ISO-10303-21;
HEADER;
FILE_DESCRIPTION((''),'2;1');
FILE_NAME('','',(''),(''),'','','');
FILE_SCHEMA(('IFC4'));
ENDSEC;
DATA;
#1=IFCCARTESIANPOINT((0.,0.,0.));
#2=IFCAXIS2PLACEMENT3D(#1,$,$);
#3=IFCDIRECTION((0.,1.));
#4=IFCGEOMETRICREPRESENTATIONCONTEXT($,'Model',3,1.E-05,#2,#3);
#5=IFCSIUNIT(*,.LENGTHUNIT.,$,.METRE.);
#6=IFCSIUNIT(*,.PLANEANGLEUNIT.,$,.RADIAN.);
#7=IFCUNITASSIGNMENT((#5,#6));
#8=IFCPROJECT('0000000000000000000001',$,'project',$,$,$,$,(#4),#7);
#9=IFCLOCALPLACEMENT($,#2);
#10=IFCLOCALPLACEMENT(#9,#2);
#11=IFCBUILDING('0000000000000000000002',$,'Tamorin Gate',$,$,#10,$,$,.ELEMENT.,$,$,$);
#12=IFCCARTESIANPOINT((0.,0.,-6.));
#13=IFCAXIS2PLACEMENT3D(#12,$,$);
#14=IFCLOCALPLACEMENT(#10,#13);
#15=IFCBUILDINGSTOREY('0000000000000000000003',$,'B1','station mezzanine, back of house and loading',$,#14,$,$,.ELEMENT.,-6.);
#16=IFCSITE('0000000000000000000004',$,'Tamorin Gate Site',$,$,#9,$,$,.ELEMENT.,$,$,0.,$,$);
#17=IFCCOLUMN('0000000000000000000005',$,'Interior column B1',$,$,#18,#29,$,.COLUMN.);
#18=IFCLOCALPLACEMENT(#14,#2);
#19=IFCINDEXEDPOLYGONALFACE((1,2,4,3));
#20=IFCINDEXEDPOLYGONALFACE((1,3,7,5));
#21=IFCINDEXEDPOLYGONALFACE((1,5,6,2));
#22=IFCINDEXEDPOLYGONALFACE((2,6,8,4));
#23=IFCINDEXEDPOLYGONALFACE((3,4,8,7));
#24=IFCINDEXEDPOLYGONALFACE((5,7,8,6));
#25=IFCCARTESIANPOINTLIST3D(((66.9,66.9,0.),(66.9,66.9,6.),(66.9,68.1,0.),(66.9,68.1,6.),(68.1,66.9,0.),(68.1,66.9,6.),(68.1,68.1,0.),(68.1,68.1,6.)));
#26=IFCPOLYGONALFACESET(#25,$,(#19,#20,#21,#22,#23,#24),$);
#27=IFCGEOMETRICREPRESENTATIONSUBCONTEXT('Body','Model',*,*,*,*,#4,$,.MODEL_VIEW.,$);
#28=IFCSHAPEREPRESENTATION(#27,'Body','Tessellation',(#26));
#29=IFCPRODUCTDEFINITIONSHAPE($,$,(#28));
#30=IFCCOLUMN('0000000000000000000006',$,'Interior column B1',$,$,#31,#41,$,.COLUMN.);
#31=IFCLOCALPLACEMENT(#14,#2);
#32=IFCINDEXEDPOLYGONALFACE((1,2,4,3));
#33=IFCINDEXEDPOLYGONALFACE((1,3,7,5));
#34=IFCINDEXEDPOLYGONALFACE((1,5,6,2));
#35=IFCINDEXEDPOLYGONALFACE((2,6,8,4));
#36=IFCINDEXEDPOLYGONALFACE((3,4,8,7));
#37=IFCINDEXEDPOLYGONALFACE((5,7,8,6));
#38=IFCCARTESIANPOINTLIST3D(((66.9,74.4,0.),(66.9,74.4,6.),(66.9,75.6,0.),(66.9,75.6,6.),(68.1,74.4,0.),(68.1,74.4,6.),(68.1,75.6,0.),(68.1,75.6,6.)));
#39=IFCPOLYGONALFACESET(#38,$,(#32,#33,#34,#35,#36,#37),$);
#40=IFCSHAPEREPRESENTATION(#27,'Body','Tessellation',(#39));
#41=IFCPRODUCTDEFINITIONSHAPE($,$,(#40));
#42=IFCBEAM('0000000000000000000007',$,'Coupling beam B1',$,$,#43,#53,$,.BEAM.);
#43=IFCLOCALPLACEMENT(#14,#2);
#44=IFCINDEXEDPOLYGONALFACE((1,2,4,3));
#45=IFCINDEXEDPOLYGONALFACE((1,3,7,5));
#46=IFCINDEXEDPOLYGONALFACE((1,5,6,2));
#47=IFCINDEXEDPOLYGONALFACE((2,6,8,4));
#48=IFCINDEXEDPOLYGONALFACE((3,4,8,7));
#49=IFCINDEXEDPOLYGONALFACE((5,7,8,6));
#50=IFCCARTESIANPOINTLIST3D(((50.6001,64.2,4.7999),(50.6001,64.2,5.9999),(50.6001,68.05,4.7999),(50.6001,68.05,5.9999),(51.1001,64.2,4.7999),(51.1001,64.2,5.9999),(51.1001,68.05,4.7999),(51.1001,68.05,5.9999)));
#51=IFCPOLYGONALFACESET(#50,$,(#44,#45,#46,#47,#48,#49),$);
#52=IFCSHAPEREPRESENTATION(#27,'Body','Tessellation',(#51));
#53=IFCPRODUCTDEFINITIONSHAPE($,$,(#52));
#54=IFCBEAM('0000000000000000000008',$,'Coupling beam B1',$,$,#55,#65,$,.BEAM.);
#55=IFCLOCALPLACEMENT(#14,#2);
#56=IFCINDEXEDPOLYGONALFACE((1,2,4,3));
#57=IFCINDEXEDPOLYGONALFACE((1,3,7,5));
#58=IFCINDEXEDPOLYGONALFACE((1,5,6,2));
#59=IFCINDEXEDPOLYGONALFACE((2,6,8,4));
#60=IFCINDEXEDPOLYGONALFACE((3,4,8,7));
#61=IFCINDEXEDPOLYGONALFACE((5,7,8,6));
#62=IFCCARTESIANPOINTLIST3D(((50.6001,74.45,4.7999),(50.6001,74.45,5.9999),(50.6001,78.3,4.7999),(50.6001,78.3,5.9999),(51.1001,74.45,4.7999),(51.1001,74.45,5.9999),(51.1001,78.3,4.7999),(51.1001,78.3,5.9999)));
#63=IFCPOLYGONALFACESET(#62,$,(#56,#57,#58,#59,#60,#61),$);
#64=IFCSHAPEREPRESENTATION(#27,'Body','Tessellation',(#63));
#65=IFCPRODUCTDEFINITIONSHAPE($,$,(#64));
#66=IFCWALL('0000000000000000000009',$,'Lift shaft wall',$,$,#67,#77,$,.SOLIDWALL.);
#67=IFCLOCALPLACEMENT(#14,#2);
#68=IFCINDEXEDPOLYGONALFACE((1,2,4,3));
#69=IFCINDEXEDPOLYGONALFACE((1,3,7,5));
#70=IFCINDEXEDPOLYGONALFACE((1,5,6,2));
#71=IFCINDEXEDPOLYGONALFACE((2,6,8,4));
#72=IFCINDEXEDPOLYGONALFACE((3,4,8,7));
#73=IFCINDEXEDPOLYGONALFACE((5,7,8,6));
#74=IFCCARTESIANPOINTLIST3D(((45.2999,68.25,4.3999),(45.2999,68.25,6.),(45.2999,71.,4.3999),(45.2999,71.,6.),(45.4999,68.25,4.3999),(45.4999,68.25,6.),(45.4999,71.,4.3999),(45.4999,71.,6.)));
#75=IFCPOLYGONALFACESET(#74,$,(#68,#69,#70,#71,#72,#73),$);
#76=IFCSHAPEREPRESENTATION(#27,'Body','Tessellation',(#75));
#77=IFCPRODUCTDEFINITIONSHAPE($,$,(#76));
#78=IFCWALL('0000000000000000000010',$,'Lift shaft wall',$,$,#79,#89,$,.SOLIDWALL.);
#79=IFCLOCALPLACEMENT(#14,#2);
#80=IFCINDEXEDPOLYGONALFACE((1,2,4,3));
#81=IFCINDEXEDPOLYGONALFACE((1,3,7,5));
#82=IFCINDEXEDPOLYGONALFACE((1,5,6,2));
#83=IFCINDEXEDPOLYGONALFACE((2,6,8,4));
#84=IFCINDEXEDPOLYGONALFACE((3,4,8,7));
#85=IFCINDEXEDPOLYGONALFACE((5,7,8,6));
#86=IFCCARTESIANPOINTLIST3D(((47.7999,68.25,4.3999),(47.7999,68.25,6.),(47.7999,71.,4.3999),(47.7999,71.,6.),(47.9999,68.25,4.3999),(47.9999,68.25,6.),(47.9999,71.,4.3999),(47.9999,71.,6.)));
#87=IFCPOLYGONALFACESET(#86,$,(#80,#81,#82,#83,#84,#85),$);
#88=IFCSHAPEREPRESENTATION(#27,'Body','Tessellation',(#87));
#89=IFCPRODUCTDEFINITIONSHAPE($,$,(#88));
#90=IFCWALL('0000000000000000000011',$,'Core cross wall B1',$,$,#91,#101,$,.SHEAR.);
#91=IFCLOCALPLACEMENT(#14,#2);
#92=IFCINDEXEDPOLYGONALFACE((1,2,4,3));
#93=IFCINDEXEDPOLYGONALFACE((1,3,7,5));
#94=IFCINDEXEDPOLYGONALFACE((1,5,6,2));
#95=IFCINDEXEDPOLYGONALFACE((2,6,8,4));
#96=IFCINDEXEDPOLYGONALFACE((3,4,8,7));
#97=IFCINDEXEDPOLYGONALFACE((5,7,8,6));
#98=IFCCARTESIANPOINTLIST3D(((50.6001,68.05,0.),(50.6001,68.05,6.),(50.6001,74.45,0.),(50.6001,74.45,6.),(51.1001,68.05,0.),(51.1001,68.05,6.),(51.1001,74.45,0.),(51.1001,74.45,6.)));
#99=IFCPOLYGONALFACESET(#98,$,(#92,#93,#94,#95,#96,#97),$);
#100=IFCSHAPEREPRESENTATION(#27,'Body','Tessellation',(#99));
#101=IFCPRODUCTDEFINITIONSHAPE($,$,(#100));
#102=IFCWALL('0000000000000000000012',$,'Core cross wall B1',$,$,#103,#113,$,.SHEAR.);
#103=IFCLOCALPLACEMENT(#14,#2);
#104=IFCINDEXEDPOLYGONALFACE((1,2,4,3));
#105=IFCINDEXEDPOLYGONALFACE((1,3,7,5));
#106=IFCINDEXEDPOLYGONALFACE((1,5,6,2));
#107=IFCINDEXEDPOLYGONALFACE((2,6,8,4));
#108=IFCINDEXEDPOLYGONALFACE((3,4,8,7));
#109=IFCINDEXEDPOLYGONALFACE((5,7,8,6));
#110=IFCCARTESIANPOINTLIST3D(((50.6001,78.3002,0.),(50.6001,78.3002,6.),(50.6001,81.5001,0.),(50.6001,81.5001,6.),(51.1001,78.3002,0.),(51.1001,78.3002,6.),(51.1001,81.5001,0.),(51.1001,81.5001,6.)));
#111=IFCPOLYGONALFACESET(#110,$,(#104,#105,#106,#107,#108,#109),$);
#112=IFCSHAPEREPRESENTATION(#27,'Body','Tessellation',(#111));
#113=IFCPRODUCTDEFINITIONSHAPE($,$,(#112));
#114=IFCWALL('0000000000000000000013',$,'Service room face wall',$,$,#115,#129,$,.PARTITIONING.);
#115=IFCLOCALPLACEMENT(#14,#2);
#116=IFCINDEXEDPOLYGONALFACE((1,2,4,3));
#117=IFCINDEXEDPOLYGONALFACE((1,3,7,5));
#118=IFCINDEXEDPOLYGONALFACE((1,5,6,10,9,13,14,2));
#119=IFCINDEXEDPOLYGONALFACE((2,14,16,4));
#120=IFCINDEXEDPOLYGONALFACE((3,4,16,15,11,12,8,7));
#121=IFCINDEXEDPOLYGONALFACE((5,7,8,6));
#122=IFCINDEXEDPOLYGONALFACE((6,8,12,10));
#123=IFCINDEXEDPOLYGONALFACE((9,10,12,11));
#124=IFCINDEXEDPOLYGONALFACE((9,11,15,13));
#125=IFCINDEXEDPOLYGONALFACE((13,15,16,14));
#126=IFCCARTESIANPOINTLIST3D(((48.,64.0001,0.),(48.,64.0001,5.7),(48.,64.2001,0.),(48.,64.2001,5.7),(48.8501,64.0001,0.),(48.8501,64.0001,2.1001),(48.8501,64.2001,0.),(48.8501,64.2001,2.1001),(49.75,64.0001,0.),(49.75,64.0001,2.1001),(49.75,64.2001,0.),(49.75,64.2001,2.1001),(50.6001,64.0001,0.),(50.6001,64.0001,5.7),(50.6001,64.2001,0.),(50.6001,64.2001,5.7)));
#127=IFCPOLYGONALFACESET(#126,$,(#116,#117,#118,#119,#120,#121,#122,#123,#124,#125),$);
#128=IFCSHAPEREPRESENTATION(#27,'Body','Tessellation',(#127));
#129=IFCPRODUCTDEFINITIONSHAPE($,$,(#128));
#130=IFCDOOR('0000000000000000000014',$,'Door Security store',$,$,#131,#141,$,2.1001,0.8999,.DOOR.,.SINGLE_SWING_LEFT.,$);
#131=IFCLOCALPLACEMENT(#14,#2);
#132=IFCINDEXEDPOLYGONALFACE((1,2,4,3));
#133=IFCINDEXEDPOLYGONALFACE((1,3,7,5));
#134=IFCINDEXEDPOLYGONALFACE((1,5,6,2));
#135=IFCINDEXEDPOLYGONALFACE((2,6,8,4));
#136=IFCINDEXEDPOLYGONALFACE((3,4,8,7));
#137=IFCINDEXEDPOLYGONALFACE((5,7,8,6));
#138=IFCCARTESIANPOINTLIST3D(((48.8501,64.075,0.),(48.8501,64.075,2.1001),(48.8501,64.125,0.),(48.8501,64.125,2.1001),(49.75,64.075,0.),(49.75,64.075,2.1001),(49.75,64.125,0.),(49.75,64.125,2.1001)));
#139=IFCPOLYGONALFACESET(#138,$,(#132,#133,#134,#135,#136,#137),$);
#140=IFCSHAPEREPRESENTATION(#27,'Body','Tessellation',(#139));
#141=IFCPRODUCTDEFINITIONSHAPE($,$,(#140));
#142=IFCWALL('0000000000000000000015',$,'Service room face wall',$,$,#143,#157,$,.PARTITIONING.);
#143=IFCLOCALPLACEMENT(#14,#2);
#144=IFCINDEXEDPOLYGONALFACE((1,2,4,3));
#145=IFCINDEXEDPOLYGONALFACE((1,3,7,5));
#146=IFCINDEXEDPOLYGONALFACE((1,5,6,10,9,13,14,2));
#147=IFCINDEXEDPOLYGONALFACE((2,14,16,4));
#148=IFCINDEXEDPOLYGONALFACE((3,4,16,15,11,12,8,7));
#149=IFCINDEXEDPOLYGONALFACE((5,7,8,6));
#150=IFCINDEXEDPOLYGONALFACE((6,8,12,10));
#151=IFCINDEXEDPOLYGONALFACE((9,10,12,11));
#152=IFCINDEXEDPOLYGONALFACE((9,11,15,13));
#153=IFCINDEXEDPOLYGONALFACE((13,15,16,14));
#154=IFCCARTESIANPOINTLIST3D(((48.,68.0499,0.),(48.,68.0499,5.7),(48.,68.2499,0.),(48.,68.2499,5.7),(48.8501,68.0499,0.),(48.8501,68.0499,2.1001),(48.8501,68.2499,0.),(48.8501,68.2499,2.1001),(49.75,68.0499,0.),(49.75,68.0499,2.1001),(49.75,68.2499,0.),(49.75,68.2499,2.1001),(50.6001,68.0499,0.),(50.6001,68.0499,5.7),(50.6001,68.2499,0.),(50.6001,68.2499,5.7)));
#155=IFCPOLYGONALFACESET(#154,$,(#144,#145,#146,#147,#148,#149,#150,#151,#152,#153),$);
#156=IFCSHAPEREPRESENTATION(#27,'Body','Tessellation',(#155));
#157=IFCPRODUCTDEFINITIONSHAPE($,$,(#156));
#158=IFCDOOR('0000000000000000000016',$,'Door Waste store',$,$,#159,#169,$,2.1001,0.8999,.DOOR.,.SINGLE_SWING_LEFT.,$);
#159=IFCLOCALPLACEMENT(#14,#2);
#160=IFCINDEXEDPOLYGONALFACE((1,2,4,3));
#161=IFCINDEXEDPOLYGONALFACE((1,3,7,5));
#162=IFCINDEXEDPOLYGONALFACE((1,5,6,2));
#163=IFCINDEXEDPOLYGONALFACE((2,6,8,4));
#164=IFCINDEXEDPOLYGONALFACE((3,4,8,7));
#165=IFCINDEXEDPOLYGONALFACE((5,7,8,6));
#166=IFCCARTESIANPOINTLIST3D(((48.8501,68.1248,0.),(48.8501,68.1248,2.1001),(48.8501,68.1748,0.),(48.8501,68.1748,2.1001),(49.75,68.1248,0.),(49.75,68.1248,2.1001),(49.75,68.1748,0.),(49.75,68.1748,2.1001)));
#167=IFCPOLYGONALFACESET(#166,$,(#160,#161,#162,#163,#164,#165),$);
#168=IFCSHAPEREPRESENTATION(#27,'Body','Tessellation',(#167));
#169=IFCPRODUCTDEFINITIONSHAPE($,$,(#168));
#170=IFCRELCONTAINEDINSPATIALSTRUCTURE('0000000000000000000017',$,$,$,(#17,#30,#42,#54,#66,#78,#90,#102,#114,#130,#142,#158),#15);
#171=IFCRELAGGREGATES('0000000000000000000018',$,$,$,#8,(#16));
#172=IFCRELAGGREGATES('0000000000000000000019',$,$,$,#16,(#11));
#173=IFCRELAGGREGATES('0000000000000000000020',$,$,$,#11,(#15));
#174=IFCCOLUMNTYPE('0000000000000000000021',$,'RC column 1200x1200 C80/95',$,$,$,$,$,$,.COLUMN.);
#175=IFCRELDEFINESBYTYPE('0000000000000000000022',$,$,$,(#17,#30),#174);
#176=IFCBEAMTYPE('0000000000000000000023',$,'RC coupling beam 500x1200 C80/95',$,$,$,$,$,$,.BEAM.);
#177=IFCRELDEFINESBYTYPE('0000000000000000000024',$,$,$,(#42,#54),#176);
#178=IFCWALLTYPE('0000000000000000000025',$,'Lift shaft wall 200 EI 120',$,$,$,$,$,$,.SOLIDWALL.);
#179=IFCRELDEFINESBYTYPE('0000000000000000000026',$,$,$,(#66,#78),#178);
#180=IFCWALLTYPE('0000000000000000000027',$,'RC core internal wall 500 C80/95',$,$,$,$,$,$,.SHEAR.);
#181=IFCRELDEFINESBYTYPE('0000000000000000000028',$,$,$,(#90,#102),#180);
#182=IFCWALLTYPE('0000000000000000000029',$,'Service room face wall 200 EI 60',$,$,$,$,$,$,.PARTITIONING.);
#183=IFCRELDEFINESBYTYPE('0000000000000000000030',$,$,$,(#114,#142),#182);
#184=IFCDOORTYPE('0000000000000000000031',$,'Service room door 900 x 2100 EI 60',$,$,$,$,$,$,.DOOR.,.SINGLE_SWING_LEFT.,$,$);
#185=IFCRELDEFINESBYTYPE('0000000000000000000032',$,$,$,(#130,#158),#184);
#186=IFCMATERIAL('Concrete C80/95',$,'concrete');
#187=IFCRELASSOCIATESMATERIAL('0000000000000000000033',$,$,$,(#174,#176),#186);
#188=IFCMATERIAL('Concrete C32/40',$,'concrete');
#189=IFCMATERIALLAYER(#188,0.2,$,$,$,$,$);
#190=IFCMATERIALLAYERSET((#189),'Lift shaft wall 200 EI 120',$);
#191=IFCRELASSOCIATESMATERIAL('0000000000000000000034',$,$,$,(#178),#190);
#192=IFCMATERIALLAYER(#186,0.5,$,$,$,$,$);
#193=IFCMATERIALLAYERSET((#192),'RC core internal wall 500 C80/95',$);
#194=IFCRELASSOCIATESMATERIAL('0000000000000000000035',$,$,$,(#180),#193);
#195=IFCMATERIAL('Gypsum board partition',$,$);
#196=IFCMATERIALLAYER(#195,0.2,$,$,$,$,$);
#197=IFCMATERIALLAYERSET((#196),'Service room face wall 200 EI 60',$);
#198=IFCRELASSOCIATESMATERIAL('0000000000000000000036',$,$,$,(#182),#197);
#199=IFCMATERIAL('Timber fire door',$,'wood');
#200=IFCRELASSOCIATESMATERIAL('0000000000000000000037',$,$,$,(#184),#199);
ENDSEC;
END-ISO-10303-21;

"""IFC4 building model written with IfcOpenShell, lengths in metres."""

from ifc_helpers import new_model, si_unit, direction, frame, frame_2d, origin, origin_2d, place, context, subcontext, project, spatial, rectangle, extrude, material, layer, layer_set, material_profile, profile_set, type_object, element, fill, save


model = new_model("IFC4")

# Units and contexts
model_context = context("Model", 3, precision=1e-05, world=origin(), true_north=direction((0.0, 1.0)))
body_context = subcontext(model_context, "Body", "Model", "MODEL_VIEW")
ifc_project = project(units=[si_unit("LENGTHUNIT", "METRE"), si_unit("PLANEANGLEUNIT", "RADIAN")], contexts=[model_context])

# Site, building, storey
site_placement = place(None, origin())
site = spatial("IfcSite", under=ifc_project, at=site_placement, Name="Tamorin Gate Site", CompositionType="ELEMENT", RefElevation=0.0)
building_placement = place(site_placement, origin())
building = spatial("IfcBuilding", under=site, at=building_placement, Name="Tamorin Gate", CompositionType="ELEMENT")
storey_placement = place(building_placement, frame((0.0, 0.0, -6.0)))
storey = spatial("IfcBuildingStorey", under=building, at=storey_placement, Name="B1", Description="station mezzanine, back of house and loading", CompositionType="ELEMENT", Elevation=-6.0)

# Columns
ifc_material_1 = material(Name="Concrete C80/95", Category="concrete")
ifc_material_profile_1 = material_profile(ifc_material_1, rectangle(XDim=1.2, YDim=1.2, at=origin_2d()), Name="RC 1200x1200")
ifc_profile_set_1 = profile_set([ifc_material_profile_1], Name="Concrete C80/95")
column_type = type_object("IfcColumnType", Name="RC column 1200x1200 C80/95", PredefinedType="COLUMN", material=ifc_profile_set_1)
for number, where, z_axis, x_axis, name in (
    (1, (67.5, 67.5, 0.0), (0.0, 0.0, 1.0), (1.0, 0.0, 0.0), "Interior column B1"),
    (2, (67.5, 75.0, 0.0), (0.0, 0.0, 1.0), (1.0, 0.0, 0.0), "Interior column B1"),
):
    element("IfcColumn", number, at=place(storey_placement, frame(where, z_axis=z_axis, x_axis=x_axis)), inside=storey, type_object=column_type, Name=name, PredefinedType="COLUMN", context=body_context, shape_type="SweptSolid", body=[
        extrude(rectangle(XDim=1.2, YDim=1.2, at=origin_2d()), origin(), (0.0, 0.0, 1.0), 6.0),
    ])

# Beams
ifc_material_profile_2 = material_profile(ifc_material_1, rectangle(XDim=0.5, YDim=1.2, at=origin_2d()), Name="RC 500x1200")
ifc_profile_set_2 = profile_set([ifc_material_profile_2], Name="Concrete C80/95")
beam_type = type_object("IfcBeamType", Name="RC coupling beam 500x1200 C80/95", PredefinedType="BEAM", material=ifc_profile_set_2)
for number, where, z_axis, x_axis, name in (
    (3, (50.8501, 64.2, 5.3999), (0.0, 1.0, 0.0), (-1.0, 0.0, 0.0), "Coupling beam B1"),
    (4, (50.8501, 74.45, 5.3999), (0.0, 1.0, 0.0), (-1.0, 0.0, 0.0), "Coupling beam B1"),
):
    element("IfcBeam", number, at=place(storey_placement, frame(where, z_axis=z_axis, x_axis=x_axis)), inside=storey, type_object=beam_type, Name=name, PredefinedType="BEAM", context=body_context, shape_type="SweptSolid", body=[
        extrude(rectangle(XDim=0.5, YDim=1.2, at=origin_2d()), origin(), (0.0, 0.0, 1.0), 3.8501),
    ])

# Walls
ifc_material_2 = material(Name="Concrete C32/40", Category="concrete")
ifc_layer_1 = layer(ifc_material_2, 0.2)
ifc_layer_set_1 = layer_set([ifc_layer_1], Name="Lift shaft wall 200 EI 120")
wall_type_1 = type_object("IfcWallType", Name="Lift shaft wall 200 EI 120", PredefinedType="SOLIDWALL", material=ifc_layer_set_1)
for number, where, z_axis, x_axis, name in (
    (5, (45.3999, 68.25, 4.3999), (0.0, 0.0, 1.0), (0.0, 1.0, 0.0), "Lift shaft wall"),
    (6, (47.8999, 68.25, 4.3999), (0.0, 0.0, 1.0), (0.0, 1.0, 0.0), "Lift shaft wall"),
):
    element("IfcWall", number, at=place(storey_placement, frame(where, z_axis=z_axis, x_axis=x_axis)), inside=storey, type_object=wall_type_1, Name=name, PredefinedType="SOLIDWALL", context=body_context, shape_type="SweptSolid", body=[
        extrude(rectangle(XDim=2.75, YDim=0.2, at=frame_2d((1.375, 0.0))), origin(), (0.0, 0.0, 1.0), 1.6001),
    ])
ifc_layer_2 = layer(ifc_material_1, 0.5)
ifc_layer_set_2 = layer_set([ifc_layer_2], Name="RC core internal wall 500 C80/95")
wall_type_2 = type_object("IfcWallType", Name="RC core internal wall 500 C80/95", PredefinedType="SHEAR", material=ifc_layer_set_2)
wall_1_placement = place(storey_placement, frame((50.8501, 68.05, 0.0), z_axis=(0.0, 0.0, 1.0), x_axis=(0.0, 1.0, 0.0)))
element("IfcWall", 7, at=wall_1_placement, inside=storey, type_object=wall_type_2, Name="Core cross wall B1", PredefinedType="SHEAR", context=body_context, shape_type="SweptSolid", body=[
    extrude(rectangle(XDim=6.3999, YDim=0.5, at=frame_2d((3.2, 0.0))), origin(), (0.0, 0.0, 1.0), 6.0),
])
wall_2_placement = place(storey_placement, frame((50.8501, 78.3, 0.0), z_axis=(0.0, 0.0, 1.0), x_axis=(0.0, 1.0, 0.0)))
element("IfcWall", 8, at=wall_2_placement, inside=storey, type_object=wall_type_2, Name="Core cross wall B1", PredefinedType="SHEAR", context=body_context, shape_type="SweptSolid", body=[
    extrude(rectangle(XDim=3.2, YDim=0.5, at=frame_2d((1.6001, 0.0))), origin(), (0.0, 0.0, 1.0), 6.0),
])

# Walls, openings, doors
ifc_material_3 = material(Name="Gypsum board partition")
ifc_layer_3 = layer(ifc_material_3, 0.2)
ifc_layer_set_3 = layer_set([ifc_layer_3], Name="Service room face wall 200 EI 60")
wall_type_3 = type_object("IfcWallType", Name="Service room face wall 200 EI 60", PredefinedType="PARTITIONING", material=ifc_layer_set_3)
wall_3_placement = place(storey_placement, frame((48.0, 64.1001, 0.0), z_axis=(0.0, 0.0, 1.0), x_axis=(1.0, 0.0, 0.0)))
wall_3 = element("IfcWall", 9, at=wall_3_placement, inside=storey, type_object=wall_type_3, Name="Service room face wall", PredefinedType="PARTITIONING", context=body_context, shape_type="SweptSolid", body=[
    extrude(rectangle(XDim=2.6001, YDim=0.2, at=frame_2d((1.3, 0.0))), origin(), (0.0, 0.0, 1.0), 5.7),
])
opening_1_placement = place(wall_3_placement, frame((0.8501, 0.0, 0.0)))
opening_1 = element("IfcOpeningElement", 10, at=opening_1_placement, cuts=wall_3, PredefinedType="OPENING", context=body_context, shape_type="SweptSolid", body=[
    extrude(rectangle(XDim=0.8999, YDim=2.1001, at=frame_2d((0.45, 1.05))), frame((0.0, 0.1099, 0.0), z_axis=(0.0, -1.0, 0.0), x_axis=(1.0, 0.0, 0.0)), (0.0, 0.0, 1.0), 0.22),
])
ifc_material_4 = material(Name="Timber fire door", Category="wood")
door_type_1 = type_object("IfcDoorType", Name="Service room door 900 x 2100 EI 60", OperationType="SINGLE_SWING_LEFT", PredefinedType="DOOR", material=ifc_material_4)
door_1_placement = place(opening_1_placement, origin())
door_1 = element("IfcDoor", 11, at=door_1_placement, inside=storey, type_object=door_type_1, Name="Door Security store", OperationType="SINGLE_SWING_LEFT", OverallHeight=2.1001, OverallWidth=0.8999, PredefinedType="DOOR", context=body_context, shape_type="SweptSolid", body=[
    extrude(rectangle(XDim=0.8999, YDim=2.1001, at=frame_2d((0.45, 1.05))), frame((0.0, 0.0249, 0.0), z_axis=(0.0, -1.0, 0.0), x_axis=(1.0, 0.0, 0.0)), (0.0, 0.0, 1.0), 0.05),
])
fill(opening_1, door_1)
wall_4_placement = place(storey_placement, frame((48.0, 68.1499, 0.0), z_axis=(0.0, 0.0, 1.0), x_axis=(1.0, 0.0, 0.0)))
wall_4 = element("IfcWall", 12, at=wall_4_placement, inside=storey, type_object=wall_type_3, Name="Service room face wall", PredefinedType="PARTITIONING", context=body_context, shape_type="SweptSolid", body=[
    extrude(rectangle(XDim=2.6001, YDim=0.2, at=frame_2d((1.3, 0.0))), origin(), (0.0, 0.0, 1.0), 5.7),
])
opening_2_placement = place(wall_4_placement, frame((0.8501, 0.0, 0.0)))
opening_2 = element("IfcOpeningElement", 13, at=opening_2_placement, cuts=wall_4, PredefinedType="OPENING", context=body_context, shape_type="SweptSolid", body=[
    extrude(rectangle(XDim=0.8999, YDim=2.1001, at=frame_2d((0.45, 1.05))), frame((0.0, 0.1099, 0.0), z_axis=(0.0, -1.0, 0.0), x_axis=(1.0, 0.0, 0.0)), (0.0, 0.0, 1.0), 0.22),
])
door_2_placement = place(opening_2_placement, origin())
door_2 = element("IfcDoor", 14, at=door_2_placement, inside=storey, type_object=door_type_1, Name="Door Waste store", OperationType="SINGLE_SWING_LEFT", OverallHeight=2.1001, OverallWidth=0.8999, PredefinedType="DOOR", context=body_context, shape_type="SweptSolid", body=[
    extrude(rectangle(XDim=0.8999, YDim=2.1001, at=frame_2d((0.45, 1.05))), frame((0.0, 0.0249, 0.0), z_axis=(0.0, -1.0, 0.0), x_axis=(1.0, 0.0, 0.0)), (0.0, 0.0, 1.0), 0.05),
])
fill(opening_2, door_2)

save(model, "model.ifc")
